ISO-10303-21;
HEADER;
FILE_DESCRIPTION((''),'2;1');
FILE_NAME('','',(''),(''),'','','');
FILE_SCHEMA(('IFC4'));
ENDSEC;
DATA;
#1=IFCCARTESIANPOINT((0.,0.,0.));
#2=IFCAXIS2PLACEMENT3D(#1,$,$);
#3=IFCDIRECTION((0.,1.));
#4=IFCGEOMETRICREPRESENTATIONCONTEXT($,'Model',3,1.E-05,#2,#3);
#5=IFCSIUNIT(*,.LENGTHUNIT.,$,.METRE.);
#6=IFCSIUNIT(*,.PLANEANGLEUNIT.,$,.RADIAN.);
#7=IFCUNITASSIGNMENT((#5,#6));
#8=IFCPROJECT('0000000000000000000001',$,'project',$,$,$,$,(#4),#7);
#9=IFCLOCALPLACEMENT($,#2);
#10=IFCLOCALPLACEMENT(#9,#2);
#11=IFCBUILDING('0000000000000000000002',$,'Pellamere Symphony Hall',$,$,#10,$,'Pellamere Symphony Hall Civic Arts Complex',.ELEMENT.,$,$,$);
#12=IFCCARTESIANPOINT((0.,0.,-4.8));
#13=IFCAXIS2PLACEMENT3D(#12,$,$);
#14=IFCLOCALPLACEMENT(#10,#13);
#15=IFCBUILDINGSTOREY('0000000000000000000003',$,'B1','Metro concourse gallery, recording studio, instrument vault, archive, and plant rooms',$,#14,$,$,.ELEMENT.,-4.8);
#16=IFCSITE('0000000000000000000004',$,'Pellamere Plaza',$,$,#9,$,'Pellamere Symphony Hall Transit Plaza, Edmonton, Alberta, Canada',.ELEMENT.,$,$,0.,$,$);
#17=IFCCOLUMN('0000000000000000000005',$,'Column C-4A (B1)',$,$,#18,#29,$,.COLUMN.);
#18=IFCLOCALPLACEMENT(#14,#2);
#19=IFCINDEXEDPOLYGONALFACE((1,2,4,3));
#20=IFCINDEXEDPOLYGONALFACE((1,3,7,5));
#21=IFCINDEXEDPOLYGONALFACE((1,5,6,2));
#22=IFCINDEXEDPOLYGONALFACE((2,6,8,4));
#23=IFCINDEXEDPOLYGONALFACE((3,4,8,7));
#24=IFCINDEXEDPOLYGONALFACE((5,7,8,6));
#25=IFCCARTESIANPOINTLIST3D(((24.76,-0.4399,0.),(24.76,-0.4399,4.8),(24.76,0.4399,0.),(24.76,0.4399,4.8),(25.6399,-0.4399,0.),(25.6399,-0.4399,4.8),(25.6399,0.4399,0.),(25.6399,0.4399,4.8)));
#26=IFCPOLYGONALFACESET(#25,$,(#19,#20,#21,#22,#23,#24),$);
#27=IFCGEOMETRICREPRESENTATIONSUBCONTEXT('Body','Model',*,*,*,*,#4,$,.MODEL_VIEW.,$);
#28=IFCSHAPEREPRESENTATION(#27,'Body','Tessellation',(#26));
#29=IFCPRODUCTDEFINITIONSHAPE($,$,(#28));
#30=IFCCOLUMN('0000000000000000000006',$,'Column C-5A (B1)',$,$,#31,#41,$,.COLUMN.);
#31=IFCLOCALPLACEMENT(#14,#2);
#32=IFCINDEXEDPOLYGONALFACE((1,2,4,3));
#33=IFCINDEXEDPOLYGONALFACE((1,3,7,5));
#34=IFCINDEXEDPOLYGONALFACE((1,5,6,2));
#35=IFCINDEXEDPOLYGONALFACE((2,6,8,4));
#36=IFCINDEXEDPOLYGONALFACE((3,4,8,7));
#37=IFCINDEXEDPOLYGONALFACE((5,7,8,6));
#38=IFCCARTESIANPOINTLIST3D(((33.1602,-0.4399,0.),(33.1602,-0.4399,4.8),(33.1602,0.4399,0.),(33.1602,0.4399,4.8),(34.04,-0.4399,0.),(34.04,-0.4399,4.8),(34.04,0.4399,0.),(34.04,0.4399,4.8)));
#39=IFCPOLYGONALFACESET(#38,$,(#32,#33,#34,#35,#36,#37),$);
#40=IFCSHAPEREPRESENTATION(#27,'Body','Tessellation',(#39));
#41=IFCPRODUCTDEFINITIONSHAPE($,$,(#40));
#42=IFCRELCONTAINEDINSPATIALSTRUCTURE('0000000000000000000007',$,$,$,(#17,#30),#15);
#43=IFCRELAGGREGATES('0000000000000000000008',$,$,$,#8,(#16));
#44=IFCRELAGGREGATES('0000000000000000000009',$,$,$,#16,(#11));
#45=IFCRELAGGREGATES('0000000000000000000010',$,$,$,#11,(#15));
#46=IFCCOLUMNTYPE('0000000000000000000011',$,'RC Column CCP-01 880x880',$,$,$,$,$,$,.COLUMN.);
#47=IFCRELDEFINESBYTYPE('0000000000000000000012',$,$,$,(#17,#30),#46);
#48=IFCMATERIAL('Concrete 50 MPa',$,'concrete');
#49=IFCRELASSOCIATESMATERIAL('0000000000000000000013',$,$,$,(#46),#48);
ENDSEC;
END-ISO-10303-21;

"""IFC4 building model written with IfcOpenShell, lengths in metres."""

from ifc_helpers import new_model, si_unit, direction, frame, origin, origin_2d, place, context, subcontext, project, spatial, rectangle, extrude, material, material_profile, profile_set, type_object, element, save


model = new_model("IFC4")

# Units and contexts
model_context = context("Model", 3, precision=1e-05, world=origin(), true_north=direction((0.0, 1.0)))
body_context = subcontext(model_context, "Body", "Model", "MODEL_VIEW")
ifc_project = project(units=[si_unit("LENGTHUNIT", "METRE"), si_unit("PLANEANGLEUNIT", "RADIAN")], contexts=[model_context])

# Site, building, storey
site_placement = place(None, origin())
site = spatial("IfcSite", under=ifc_project, at=site_placement, Name="Pellamere Plaza", LongName="Pellamere Symphony Hall Transit Plaza, Edmonton, Alberta, Canada", CompositionType="ELEMENT", RefElevation=0.0)
building_placement = place(site_placement, origin())
building = spatial("IfcBuilding", under=site, at=building_placement, Name="Pellamere Symphony Hall", LongName="Pellamere Symphony Hall Civic Arts Complex", CompositionType="ELEMENT")
storey_placement = place(building_placement, frame((0.0, 0.0, -4.8)))
storey = spatial("IfcBuildingStorey", under=building, at=storey_placement, Name="B1", Description="Metro concourse gallery, recording studio, instrument vault, archive, and plant rooms", CompositionType="ELEMENT", Elevation=-4.8)

# Columns
ifc_material_1 = material(Name="Concrete 50 MPa", Category="concrete")
ifc_material_profile_1 = material_profile(ifc_material_1, rectangle(XDim=0.8799, YDim=0.8799, at=origin_2d()), Name="RC 880x880")
ifc_profile_set_1 = profile_set([ifc_material_profile_1], Name="Concrete 50 MPa")
column_type_1 = type_object("IfcColumnType", Name="RC Column CCP-01 880x880", PredefinedType="COLUMN", material=ifc_profile_set_1)
for number, where, z_axis, x_axis, name in (
    (1, (25.2, 0.0, 0.0), (0.0, 0.0, 1.0), (1.0, 0.0, 0.0), "Column C-4A (B1)"),
    (2, (33.6001, 0.0, 0.0), (0.0, 0.0, 1.0), (1.0, 0.0, 0.0), "Column C-5A (B1)"),
):
    element("IfcColumn", number, at=place(storey_placement, frame(where, z_axis=z_axis, x_axis=x_axis)), inside=storey, type_object=column_type_1, Name=name, PredefinedType="COLUMN", context=body_context, shape_type="SweptSolid", body=[
        extrude(rectangle(XDim=0.8799, YDim=0.8799, at=origin_2d()), origin(), (0.0, 0.0, 1.0), 4.8),
    ])

save(model, "model.ifc")
